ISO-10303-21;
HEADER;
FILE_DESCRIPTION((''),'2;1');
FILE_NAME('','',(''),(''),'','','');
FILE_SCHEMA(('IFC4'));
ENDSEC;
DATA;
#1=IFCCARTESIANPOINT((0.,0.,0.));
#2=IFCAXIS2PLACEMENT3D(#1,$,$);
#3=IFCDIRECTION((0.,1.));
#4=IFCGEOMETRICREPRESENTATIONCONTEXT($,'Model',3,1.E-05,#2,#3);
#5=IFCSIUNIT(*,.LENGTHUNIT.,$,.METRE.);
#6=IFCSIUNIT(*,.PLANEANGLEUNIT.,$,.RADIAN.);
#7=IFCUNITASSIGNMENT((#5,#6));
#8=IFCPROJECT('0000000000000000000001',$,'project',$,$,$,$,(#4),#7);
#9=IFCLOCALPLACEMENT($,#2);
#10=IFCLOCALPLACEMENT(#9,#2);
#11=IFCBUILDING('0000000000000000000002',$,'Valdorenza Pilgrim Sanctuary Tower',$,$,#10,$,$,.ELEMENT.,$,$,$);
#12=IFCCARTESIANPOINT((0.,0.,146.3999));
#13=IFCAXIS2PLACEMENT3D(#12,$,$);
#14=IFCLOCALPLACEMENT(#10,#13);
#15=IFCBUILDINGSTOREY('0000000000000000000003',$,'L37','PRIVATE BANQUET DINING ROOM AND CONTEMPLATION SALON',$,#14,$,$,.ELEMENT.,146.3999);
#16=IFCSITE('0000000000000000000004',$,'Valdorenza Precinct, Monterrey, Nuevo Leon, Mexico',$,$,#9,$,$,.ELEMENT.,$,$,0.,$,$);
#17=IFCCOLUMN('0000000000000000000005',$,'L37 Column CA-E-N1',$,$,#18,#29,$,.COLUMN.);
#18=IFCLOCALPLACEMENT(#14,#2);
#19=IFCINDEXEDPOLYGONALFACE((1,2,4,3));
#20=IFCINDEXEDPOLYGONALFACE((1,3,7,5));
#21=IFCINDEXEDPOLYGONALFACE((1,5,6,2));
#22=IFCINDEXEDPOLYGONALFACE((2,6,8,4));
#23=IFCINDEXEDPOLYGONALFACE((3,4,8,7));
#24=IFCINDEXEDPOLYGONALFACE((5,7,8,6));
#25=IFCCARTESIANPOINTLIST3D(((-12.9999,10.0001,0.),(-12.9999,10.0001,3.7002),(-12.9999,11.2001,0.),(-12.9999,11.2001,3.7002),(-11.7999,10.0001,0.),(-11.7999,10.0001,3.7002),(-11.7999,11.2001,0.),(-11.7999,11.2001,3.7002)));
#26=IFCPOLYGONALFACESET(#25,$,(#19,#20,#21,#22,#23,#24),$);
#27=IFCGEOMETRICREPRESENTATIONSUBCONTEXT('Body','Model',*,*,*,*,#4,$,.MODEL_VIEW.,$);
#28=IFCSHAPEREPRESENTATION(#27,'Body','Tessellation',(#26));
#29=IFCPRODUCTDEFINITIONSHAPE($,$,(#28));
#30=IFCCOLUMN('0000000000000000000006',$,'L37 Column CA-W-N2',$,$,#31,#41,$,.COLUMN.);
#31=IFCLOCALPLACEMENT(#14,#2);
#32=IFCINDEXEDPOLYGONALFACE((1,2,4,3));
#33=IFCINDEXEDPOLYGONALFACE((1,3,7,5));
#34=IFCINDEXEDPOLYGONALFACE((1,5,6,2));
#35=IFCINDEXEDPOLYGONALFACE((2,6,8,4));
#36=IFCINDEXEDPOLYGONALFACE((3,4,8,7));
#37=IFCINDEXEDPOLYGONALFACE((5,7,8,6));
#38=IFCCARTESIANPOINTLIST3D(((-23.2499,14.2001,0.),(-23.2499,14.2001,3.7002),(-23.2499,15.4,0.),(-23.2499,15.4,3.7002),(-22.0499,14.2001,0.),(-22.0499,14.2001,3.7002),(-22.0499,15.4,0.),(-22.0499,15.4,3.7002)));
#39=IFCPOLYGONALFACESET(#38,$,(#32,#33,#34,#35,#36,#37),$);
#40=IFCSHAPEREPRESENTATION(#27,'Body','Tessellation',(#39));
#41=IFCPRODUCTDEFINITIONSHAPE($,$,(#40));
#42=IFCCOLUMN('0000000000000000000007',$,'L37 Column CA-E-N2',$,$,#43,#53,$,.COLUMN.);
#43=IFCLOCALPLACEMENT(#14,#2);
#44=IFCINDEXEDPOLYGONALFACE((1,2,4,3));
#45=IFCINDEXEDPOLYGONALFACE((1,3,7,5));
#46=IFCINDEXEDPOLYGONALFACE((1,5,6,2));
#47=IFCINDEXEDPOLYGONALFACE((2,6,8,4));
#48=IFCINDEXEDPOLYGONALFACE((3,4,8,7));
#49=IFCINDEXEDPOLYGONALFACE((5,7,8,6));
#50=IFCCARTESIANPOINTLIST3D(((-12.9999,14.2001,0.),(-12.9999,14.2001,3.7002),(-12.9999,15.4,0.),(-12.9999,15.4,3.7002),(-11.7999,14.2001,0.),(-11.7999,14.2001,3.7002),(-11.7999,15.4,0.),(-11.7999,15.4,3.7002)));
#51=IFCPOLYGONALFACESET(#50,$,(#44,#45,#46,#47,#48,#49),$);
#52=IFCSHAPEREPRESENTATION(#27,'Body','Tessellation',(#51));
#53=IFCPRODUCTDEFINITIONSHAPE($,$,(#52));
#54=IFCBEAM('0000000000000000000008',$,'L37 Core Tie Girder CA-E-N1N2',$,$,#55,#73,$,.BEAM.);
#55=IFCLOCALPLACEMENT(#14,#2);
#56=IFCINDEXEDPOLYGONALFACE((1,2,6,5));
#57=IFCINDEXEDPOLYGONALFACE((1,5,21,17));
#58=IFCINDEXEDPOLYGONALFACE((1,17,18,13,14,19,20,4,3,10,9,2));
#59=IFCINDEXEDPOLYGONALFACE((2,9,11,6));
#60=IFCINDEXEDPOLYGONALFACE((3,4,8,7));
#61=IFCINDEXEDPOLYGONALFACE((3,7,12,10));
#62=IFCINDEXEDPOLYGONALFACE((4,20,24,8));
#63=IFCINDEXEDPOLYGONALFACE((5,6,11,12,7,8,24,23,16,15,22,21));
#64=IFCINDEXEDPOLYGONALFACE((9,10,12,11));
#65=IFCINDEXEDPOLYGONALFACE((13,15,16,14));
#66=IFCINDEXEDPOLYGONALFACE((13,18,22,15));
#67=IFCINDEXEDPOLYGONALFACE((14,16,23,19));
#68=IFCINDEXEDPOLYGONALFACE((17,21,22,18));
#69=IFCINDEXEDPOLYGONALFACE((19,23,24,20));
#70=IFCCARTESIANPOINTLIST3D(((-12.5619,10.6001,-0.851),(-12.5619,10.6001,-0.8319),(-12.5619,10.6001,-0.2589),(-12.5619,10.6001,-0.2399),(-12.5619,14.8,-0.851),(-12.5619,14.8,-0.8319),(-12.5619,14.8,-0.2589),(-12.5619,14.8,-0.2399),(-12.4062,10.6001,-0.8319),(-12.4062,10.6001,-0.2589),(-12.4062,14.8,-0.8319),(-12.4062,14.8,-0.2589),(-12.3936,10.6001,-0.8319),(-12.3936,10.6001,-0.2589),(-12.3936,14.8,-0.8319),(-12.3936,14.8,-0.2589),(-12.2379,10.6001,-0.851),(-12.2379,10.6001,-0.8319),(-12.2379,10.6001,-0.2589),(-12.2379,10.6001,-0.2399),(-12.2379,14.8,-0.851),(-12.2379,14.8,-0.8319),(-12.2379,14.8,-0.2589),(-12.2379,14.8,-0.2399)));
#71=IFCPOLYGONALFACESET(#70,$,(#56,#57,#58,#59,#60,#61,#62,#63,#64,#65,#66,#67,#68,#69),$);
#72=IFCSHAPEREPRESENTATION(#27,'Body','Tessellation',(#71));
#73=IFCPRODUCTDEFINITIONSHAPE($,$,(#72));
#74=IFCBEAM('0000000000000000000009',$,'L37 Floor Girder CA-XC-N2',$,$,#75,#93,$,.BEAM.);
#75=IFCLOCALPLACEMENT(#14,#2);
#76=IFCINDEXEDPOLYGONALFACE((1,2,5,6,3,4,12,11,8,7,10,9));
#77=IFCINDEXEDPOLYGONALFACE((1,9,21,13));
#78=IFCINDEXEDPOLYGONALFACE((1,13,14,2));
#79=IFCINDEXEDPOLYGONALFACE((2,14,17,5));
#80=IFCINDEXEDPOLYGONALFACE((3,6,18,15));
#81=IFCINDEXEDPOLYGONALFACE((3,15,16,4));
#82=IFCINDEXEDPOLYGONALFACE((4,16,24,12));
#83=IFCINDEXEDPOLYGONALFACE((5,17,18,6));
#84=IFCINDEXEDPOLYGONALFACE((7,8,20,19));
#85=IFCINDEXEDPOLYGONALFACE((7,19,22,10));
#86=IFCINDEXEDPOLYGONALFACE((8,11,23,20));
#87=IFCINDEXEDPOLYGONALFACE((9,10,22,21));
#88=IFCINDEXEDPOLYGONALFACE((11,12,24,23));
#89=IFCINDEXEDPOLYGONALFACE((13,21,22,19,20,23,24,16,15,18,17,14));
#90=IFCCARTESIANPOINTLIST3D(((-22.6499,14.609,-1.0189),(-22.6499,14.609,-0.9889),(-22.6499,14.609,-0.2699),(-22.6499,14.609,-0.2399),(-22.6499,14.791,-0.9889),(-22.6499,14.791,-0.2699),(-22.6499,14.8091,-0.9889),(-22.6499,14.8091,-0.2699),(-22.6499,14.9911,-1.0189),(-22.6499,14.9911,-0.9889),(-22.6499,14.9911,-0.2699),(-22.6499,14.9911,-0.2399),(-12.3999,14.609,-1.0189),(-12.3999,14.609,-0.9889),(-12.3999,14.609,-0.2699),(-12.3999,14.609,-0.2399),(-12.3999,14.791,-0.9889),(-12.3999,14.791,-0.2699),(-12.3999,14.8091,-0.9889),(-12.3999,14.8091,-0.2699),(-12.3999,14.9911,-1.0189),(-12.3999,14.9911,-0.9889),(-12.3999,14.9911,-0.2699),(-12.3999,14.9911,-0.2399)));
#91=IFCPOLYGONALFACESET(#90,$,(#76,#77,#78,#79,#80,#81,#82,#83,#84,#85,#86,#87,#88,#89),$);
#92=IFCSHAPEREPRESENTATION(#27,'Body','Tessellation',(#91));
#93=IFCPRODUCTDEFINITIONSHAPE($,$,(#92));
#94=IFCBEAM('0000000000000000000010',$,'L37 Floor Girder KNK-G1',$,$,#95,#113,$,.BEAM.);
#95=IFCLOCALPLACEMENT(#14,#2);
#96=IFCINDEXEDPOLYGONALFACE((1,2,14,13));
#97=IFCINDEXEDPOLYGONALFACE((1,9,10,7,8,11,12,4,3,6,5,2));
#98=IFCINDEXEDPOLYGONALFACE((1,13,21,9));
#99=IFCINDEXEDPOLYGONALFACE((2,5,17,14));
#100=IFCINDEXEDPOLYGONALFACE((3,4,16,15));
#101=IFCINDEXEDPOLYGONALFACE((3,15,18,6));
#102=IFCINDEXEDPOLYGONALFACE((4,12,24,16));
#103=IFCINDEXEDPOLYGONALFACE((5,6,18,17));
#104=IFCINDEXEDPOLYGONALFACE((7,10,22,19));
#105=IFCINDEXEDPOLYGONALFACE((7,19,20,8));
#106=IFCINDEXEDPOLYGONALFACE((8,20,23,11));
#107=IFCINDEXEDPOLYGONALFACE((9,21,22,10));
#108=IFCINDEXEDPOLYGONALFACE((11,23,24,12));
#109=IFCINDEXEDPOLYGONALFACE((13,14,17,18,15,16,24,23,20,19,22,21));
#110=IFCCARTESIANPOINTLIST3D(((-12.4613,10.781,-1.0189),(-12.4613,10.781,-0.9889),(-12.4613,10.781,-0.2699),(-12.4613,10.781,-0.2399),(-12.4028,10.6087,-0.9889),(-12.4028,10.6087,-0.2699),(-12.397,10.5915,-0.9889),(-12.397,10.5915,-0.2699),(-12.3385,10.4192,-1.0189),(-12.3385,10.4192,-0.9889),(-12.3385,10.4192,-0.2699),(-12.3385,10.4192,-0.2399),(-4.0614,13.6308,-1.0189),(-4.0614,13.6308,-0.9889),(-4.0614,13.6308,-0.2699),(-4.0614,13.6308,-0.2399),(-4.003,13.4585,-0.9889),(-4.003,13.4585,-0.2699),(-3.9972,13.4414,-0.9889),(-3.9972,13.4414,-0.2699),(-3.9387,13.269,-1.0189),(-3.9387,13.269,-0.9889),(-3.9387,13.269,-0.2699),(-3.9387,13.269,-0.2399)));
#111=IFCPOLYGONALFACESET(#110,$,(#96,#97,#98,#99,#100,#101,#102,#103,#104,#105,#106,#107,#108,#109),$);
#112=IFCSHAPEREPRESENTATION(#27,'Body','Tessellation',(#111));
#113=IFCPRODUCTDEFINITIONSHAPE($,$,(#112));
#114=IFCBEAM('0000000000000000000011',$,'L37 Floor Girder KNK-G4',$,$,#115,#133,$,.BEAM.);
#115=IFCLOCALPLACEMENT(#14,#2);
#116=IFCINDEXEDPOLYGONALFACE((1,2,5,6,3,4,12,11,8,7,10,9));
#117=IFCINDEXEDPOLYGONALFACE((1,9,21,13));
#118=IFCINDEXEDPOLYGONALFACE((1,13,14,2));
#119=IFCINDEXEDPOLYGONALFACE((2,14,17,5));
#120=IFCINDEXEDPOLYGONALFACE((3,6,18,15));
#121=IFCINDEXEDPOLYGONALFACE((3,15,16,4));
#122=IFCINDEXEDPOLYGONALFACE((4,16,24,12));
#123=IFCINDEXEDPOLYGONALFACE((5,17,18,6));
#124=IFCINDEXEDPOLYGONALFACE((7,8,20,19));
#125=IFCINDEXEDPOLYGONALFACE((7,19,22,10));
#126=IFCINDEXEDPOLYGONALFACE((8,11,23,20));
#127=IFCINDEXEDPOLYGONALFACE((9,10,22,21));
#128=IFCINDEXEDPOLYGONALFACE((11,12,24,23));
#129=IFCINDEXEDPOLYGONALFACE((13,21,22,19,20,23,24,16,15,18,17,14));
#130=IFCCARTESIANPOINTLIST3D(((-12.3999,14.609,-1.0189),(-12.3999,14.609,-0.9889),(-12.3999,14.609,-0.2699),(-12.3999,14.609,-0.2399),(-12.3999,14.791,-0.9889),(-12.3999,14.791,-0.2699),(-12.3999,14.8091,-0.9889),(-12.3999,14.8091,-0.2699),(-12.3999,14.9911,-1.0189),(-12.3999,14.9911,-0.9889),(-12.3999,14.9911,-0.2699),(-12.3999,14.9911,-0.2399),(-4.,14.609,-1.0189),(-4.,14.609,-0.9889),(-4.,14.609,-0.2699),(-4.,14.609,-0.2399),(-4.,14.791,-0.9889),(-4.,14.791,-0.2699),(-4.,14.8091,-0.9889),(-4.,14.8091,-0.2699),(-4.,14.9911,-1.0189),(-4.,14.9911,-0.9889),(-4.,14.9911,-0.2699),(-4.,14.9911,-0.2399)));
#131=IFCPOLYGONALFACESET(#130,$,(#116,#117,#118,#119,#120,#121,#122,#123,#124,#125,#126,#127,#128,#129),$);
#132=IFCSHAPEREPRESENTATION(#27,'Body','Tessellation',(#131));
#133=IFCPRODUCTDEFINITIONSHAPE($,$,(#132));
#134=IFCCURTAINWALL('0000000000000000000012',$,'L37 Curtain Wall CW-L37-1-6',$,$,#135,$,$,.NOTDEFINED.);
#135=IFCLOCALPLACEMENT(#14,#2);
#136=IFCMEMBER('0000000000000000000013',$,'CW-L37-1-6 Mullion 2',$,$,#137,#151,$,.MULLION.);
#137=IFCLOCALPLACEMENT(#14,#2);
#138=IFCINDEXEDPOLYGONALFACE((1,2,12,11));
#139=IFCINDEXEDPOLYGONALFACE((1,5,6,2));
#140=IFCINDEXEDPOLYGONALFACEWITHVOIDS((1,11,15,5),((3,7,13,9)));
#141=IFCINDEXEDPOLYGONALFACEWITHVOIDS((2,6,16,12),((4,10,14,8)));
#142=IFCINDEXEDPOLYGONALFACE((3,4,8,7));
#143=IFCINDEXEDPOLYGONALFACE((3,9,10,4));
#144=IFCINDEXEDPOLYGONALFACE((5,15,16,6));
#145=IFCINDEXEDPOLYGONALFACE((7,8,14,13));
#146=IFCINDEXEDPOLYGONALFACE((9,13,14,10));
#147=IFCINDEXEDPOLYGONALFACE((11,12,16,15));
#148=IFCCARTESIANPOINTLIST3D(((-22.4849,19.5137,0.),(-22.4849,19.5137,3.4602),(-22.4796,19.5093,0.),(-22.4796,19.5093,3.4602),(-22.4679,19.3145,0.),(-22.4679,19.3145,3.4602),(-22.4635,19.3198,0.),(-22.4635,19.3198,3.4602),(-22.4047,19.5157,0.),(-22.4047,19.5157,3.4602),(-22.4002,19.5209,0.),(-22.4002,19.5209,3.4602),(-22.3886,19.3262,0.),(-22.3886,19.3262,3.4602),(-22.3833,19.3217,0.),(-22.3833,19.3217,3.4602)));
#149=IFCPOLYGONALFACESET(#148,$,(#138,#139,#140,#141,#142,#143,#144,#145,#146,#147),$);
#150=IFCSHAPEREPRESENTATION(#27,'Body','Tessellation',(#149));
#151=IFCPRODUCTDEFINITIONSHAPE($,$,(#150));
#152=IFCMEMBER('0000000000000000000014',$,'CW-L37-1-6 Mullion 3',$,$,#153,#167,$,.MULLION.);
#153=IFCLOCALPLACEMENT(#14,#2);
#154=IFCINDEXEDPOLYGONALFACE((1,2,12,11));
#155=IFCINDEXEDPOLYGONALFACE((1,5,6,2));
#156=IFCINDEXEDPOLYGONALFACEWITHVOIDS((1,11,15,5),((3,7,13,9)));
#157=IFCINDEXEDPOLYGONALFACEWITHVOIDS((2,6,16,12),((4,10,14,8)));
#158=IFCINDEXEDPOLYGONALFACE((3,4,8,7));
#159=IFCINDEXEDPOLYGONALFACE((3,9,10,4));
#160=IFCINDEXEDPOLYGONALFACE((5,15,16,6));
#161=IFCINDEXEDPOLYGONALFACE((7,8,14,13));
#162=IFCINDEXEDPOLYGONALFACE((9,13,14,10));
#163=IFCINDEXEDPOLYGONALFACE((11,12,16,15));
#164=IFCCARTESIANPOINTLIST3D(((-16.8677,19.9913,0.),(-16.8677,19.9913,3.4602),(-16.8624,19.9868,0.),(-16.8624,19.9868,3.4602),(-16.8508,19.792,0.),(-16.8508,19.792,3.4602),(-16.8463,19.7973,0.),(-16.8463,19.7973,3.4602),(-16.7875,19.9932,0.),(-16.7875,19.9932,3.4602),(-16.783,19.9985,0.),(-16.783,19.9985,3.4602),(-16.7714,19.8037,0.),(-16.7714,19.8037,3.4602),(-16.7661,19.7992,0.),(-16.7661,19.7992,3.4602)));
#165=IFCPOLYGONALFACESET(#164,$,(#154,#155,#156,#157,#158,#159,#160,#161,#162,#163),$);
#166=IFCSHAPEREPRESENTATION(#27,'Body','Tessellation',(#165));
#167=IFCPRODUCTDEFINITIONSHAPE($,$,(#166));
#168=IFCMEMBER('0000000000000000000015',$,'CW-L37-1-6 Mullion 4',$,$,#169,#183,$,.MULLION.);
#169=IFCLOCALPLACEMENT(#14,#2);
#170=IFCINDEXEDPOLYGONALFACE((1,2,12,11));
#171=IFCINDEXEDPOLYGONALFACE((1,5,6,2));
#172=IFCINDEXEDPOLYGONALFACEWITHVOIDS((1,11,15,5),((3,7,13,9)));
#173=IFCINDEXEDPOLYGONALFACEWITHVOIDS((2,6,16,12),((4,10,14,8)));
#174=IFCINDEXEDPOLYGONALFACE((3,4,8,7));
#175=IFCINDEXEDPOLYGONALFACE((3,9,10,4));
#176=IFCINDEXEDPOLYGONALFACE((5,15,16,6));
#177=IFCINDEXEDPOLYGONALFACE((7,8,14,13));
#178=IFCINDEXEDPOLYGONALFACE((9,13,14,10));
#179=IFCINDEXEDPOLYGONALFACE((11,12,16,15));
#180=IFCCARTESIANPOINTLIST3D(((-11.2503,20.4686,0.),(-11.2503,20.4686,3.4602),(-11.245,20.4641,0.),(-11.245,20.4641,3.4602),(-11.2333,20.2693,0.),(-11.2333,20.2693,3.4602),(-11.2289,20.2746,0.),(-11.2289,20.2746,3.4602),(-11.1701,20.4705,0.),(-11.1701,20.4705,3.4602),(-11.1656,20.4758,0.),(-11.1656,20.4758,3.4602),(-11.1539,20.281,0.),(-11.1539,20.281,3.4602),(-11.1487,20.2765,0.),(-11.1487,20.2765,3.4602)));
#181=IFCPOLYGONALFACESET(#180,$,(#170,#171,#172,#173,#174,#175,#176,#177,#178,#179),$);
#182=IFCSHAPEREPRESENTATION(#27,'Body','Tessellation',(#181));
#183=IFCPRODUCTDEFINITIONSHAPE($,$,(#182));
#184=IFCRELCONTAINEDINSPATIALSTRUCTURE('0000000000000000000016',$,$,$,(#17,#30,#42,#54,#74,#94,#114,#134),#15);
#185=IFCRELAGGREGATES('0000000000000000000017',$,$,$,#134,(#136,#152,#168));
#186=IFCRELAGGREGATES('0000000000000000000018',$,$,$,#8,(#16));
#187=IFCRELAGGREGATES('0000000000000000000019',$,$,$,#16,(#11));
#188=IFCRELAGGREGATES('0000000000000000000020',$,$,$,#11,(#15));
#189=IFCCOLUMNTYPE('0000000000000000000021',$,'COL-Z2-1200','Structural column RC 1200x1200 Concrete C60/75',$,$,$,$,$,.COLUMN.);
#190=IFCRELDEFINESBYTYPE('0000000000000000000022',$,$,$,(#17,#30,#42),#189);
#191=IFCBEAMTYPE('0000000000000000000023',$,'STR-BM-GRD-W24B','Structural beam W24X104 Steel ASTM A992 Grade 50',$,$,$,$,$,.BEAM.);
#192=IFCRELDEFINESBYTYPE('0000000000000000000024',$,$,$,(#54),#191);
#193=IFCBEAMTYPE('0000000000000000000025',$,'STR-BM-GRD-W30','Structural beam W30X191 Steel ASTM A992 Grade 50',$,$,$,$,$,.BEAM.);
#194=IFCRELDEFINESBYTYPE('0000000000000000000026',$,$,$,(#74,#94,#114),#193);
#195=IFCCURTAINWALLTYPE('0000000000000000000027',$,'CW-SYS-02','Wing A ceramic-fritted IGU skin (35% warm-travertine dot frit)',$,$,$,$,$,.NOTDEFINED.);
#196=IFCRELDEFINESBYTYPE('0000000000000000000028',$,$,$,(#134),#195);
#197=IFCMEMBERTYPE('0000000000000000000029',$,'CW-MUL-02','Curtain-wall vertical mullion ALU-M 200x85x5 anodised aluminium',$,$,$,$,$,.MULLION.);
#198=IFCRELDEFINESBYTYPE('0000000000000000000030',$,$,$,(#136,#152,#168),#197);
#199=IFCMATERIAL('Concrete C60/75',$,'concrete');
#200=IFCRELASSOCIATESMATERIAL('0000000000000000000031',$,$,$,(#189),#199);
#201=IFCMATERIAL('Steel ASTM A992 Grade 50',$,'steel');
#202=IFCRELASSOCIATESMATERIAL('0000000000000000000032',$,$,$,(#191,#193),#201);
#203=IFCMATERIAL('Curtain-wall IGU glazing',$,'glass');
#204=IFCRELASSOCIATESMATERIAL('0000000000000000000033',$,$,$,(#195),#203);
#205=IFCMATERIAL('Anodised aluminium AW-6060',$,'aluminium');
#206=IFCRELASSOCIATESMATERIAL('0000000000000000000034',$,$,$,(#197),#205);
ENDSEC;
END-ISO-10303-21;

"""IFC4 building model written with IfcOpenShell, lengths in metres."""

from ifc_helpers import new_model, si_unit, direction, frame, origin, origin_2d, place, context, subcontext, project, spatial, rectangle, hollow_rectangle, i_section, extrude, source, transform, mapped, material, material_profile, profile_set, type_object, element, aggregate, save


model = new_model("IFC4")

# Units and contexts
model_context = context("Model", 3, precision=1e-05, world=origin(), true_north=direction((0.0, 1.0)))
body_context = subcontext(model_context, "Body", "Model", "MODEL_VIEW")
ifc_project = project(units=[si_unit("LENGTHUNIT", "METRE"), si_unit("PLANEANGLEUNIT", "RADIAN")], contexts=[model_context])

# Site, building, storey
site_placement = place(None, origin())
site = spatial("IfcSite", under=ifc_project, at=site_placement, Name="Valdorenza Precinct, Monterrey, Nuevo Leon, Mexico", CompositionType="ELEMENT", RefElevation=0.0)
building_placement = place(site_placement, origin())
building = spatial("IfcBuilding", under=site, at=building_placement, Name="Valdorenza Pilgrim Sanctuary Tower", CompositionType="ELEMENT")
storey_placement = place(building_placement, frame((0.0, 0.0, 146.3999)))
storey = spatial("IfcBuildingStorey", under=building, at=storey_placement, Name="L37", Description="PRIVATE BANQUET DINING ROOM AND CONTEMPLATION SALON", CompositionType="ELEMENT", Elevation=146.3999)

# Columns
ifc_material_1 = material(Name="Concrete C60/75", Category="concrete")
ifc_material_profile_1 = material_profile(ifc_material_1, rectangle(XDim=1.2, YDim=1.2, at=origin_2d()), Name="RC 1200x1200")
ifc_profile_set_1 = profile_set([ifc_material_profile_1], Name="Concrete C60/75")
column_type = type_object("IfcColumnType", Name="COL-Z2-1200", Description="Structural column RC 1200x1200 Concrete C60/75", PredefinedType="COLUMN", material=ifc_profile_set_1)
shared_shape_1 = source(origin(), body_context, "Body", "SweptSolid", [
    extrude(rectangle(XDim=1.2, YDim=1.2, at=origin_2d()), origin(), (0.0, 0.0, 1.0), 3.7002),
])
for number, where, z_axis, x_axis, name in (
    (1, (-12.3999, 10.6001, 0.0), (0.0, 0.0, 1.0), (1.0, 0.0, 0.0), "L37 Column CA-E-N1"),
    (2, (-22.6499, 14.8, 0.0), (0.0, 0.0, 1.0), (1.0, 0.0, 0.0), "L37 Column CA-W-N2"),
    (3, (-12.3999, 14.8, 0.0), (0.0, 0.0, 1.0), (1.0, 0.0, 0.0), "L37 Column CA-E-N2"),
):
    element("IfcColumn", number, at=place(storey_placement, frame(where, z_axis=z_axis, x_axis=x_axis)), inside=storey, type_object=column_type, Name=name, PredefinedType="COLUMN", context=body_context, shape_type="MappedRepresentation", body=[
        mapped(shared_shape_1, transform((0.0, 0.0, 0.0), x_axis=(1.0, 0.0, 0.0), y_axis=(0.0, 1.0, 0.0), z_axis=(0.0, 0.0, 1.0), scale=1.0)),
    ])

# Beams
ifc_material_2 = material(Name="Steel ASTM A992 Grade 50", Category="steel")
ifc_material_profile_2 = material_profile(ifc_material_2, i_section(OverallWidth=0.324, OverallDepth=0.6111, WebThickness=0.0127, FlangeThickness=0.019, at=origin_2d()), Name="W24X104")
ifc_profile_set_2 = profile_set([ifc_material_profile_2], Name="Steel ASTM A992 Grade 50")
beam_type_1 = type_object("IfcBeamType", Name="STR-BM-GRD-W24B", Description="Structural beam W24X104 Steel ASTM A992 Grade 50", PredefinedType="BEAM", material=ifc_profile_set_2)
shared_shape_2 = source(origin(), body_context, "Body", "SweptSolid", [
    extrude(i_section(OverallWidth=0.324, OverallDepth=0.6111, WebThickness=0.0127, FlangeThickness=0.019, at=origin_2d()), origin(), (0.0, 0.0, 1.0), 4.2),
])
beam_1_placement = place(storey_placement, frame((-12.3999, 10.6001, -0.5454), z_axis=(0.0, 1.0, 0.0), x_axis=(-1.0, 0.0, 0.0)))
element("IfcBeam", 4, at=beam_1_placement, inside=storey, type_object=beam_type_1, Name="L37 Core Tie Girder CA-E-N1N2", PredefinedType="BEAM", context=body_context, shape_type="MappedRepresentation", body=[
    mapped(shared_shape_2, transform((0.0, 0.0, 0.0), x_axis=(1.0, 0.0, 0.0), y_axis=(0.0, 1.0, 0.0), z_axis=(0.0, 0.0, 1.0), scale=1.0)),
])
ifc_material_profile_3 = material_profile(ifc_material_2, i_section(OverallWidth=0.3821, OverallDepth=0.7791, WebThickness=0.0181, FlangeThickness=0.03, at=origin_2d()), Name="W30X191")
ifc_profile_set_3 = profile_set([ifc_material_profile_3], Name="Steel ASTM A992 Grade 50")
beam_type_2 = type_object("IfcBeamType", Name="STR-BM-GRD-W30", Description="Structural beam W30X191 Steel ASTM A992 Grade 50", PredefinedType="BEAM", material=ifc_profile_set_3)
shared_shape_3 = source(origin(), body_context, "Body", "SweptSolid", [
    extrude(i_section(OverallWidth=0.3821, OverallDepth=0.7791, WebThickness=0.0181, FlangeThickness=0.03, at=origin_2d()), origin(), (0.0, 0.0, 1.0), 10.25),
])
beam_2_placement = place(storey_placement, frame((-22.6499, 14.8, -0.6294), z_axis=(1.0, 0.0, 0.0), x_axis=(0.0, 1.0, 0.0)))
element("IfcBeam", 5, at=beam_2_placement, inside=storey, type_object=beam_type_2, Name="L37 Floor Girder CA-XC-N2", PredefinedType="BEAM", context=body_context, shape_type="MappedRepresentation", body=[
    mapped(shared_shape_3, transform((0.0, 0.0, 0.0), x_axis=(1.0, 0.0, 0.0), y_axis=(0.0, 1.0, 0.0), z_axis=(0.0, 0.0, 1.0), scale=1.0)),
])
shared_shape_4 = source(origin(), body_context, "Body", "SweptSolid", [
    extrude(i_section(OverallWidth=0.3821, OverallDepth=0.7791, WebThickness=0.0181, FlangeThickness=0.03, at=origin_2d()), origin(), (0.0, 0.0, 1.0), 8.8701),
])
beam_3_placement = place(storey_placement, frame((-12.3999, 10.6001, -0.6294), z_axis=(0.946983, 0.321285, 0.0), x_axis=(-0.321285, 0.946983, 0.0)))
element("IfcBeam", 6, at=beam_3_placement, inside=storey, type_object=beam_type_2, Name="L37 Floor Girder KNK-G1", PredefinedType="BEAM", context=body_context, shape_type="MappedRepresentation", body=[
    mapped(shared_shape_4, transform((0.0, 0.0, 0.0), x_axis=(1.0, 0.0, 0.0), y_axis=(0.0, 1.0, 0.0), z_axis=(0.0, 0.0, 1.0), scale=1.0)),
])
shared_shape_5 = source(origin(), body_context, "Body", "SweptSolid", [
    extrude(i_section(OverallWidth=0.3821, OverallDepth=0.7791, WebThickness=0.0181, FlangeThickness=0.03, at=origin_2d()), origin(), (0.0, 0.0, 1.0), 8.3999),
])
beam_4_placement = place(storey_placement, frame((-12.3999, 14.8, -0.6294), z_axis=(1.0, 0.0, 0.0), x_axis=(0.0, 1.0, 0.0)))
element("IfcBeam", 7, at=beam_4_placement, inside=storey, type_object=beam_type_2, Name="L37 Floor Girder KNK-G4", PredefinedType="BEAM", context=body_context, shape_type="MappedRepresentation", body=[
    mapped(shared_shape_5, transform((0.0, 0.0, 0.0), x_axis=(1.0, 0.0, 0.0), y_axis=(0.0, 1.0, 0.0), z_axis=(0.0, 0.0, 1.0), scale=1.0)),
])

# Curtain wall, members
ifc_material_3 = material(Name="Curtain-wall IGU glazing", Category="glass")
curtain_wall_type = type_object("IfcCurtainWallType", Name="CW-SYS-02", Description="Wing A ceramic-fritted IGU skin (35% warm-travertine dot frit)", PredefinedType="NOTDEFINED", material=ifc_material_3)
curtain_wall_1_placement = place(storey_placement, origin())
curtain_wall_1 = element("IfcCurtainWall", 8, at=curtain_wall_1_placement, inside=storey, type_object=curtain_wall_type, Name="L37 Curtain Wall CW-L37-1-6", PredefinedType="NOTDEFINED")
ifc_material_4 = material(Name="Anodised aluminium AW-6060", Category="aluminium")
ifc_material_profile_4 = material_profile(ifc_material_4, hollow_rectangle(XDim=0.085, YDim=0.2, WallThickness=0.0049, at=origin_2d()), Name="ALU-M 200x85x5")
ifc_profile_set_4 = profile_set([ifc_material_profile_4], Name="Anodised aluminium AW-6060")
member_type_1 = type_object("IfcMemberType", Name="CW-MUL-02", Description="Curtain-wall vertical mullion ALU-M 200x85x5 anodised aluminium", PredefinedType="MULLION", material=ifc_profile_set_4)
shared_shape_6 = source(origin(), body_context, "Body", "SweptSolid", [
    extrude(hollow_rectangle(XDim=0.085, YDim=0.2, WallThickness=0.0049, at=origin_2d()), origin(), (0.0, 0.0, 1.0), 3.4602),
])
member_1_placement = place(storey_placement, frame((-22.4341, 19.4177, 0.0), z_axis=(0.0, 0.0, 1.0), x_axis=(0.996408, 0.084687, 0.0)))
member_1 = element("IfcMember", 9, at=member_1_placement, type_object=member_type_1, Name="CW-L37-1-6 Mullion 2", PredefinedType="MULLION", context=body_context, shape_type="MappedRepresentation", body=[
    mapped(shared_shape_6, transform((0.0, 0.0, 0.0), x_axis=(1.0, 0.0, 0.0), y_axis=(0.0, 1.0, 0.0), z_axis=(0.0, 0.0, 1.0), scale=1.0)),
])
member_2_placement = place(storey_placement, frame((-16.8169, 19.8953, 0.0), z_axis=(0.0, 0.0, 1.0), x_axis=(0.996408, 0.084687, 0.0)))
member_2 = element("IfcMember", 10, at=member_2_placement, type_object=member_type_1, Name="CW-L37-1-6 Mullion 3", PredefinedType="MULLION", context=body_context, shape_type="MappedRepresentation", body=[
    mapped(shared_shape_6, transform((0.0, 0.0, 0.0), x_axis=(1.0, 0.0, 0.0), y_axis=(0.0, 1.0, 0.0), z_axis=(0.0, 0.0, 1.0), scale=1.0)),
])
member_3_placement = place(storey_placement, frame((-11.1995, 20.3726, 0.0), z_axis=(0.0, 0.0, 1.0), x_axis=(0.996408, 0.084687, 0.0)))
member_3 = element("IfcMember", 11, at=member_3_placement, type_object=member_type_1, Name="CW-L37-1-6 Mullion 4", PredefinedType="MULLION", context=body_context, shape_type="MappedRepresentation", body=[
    mapped(shared_shape_6, transform((0.0, 0.0, 0.0), x_axis=(1.0, 0.0, 0.0), y_axis=(0.0, 1.0, 0.0), z_axis=(0.0, 0.0, 1.0), scale=1.0)),
])

aggregate(curtain_wall_1, [member_1, member_2, member_3])

save(model, "model.ifc")
